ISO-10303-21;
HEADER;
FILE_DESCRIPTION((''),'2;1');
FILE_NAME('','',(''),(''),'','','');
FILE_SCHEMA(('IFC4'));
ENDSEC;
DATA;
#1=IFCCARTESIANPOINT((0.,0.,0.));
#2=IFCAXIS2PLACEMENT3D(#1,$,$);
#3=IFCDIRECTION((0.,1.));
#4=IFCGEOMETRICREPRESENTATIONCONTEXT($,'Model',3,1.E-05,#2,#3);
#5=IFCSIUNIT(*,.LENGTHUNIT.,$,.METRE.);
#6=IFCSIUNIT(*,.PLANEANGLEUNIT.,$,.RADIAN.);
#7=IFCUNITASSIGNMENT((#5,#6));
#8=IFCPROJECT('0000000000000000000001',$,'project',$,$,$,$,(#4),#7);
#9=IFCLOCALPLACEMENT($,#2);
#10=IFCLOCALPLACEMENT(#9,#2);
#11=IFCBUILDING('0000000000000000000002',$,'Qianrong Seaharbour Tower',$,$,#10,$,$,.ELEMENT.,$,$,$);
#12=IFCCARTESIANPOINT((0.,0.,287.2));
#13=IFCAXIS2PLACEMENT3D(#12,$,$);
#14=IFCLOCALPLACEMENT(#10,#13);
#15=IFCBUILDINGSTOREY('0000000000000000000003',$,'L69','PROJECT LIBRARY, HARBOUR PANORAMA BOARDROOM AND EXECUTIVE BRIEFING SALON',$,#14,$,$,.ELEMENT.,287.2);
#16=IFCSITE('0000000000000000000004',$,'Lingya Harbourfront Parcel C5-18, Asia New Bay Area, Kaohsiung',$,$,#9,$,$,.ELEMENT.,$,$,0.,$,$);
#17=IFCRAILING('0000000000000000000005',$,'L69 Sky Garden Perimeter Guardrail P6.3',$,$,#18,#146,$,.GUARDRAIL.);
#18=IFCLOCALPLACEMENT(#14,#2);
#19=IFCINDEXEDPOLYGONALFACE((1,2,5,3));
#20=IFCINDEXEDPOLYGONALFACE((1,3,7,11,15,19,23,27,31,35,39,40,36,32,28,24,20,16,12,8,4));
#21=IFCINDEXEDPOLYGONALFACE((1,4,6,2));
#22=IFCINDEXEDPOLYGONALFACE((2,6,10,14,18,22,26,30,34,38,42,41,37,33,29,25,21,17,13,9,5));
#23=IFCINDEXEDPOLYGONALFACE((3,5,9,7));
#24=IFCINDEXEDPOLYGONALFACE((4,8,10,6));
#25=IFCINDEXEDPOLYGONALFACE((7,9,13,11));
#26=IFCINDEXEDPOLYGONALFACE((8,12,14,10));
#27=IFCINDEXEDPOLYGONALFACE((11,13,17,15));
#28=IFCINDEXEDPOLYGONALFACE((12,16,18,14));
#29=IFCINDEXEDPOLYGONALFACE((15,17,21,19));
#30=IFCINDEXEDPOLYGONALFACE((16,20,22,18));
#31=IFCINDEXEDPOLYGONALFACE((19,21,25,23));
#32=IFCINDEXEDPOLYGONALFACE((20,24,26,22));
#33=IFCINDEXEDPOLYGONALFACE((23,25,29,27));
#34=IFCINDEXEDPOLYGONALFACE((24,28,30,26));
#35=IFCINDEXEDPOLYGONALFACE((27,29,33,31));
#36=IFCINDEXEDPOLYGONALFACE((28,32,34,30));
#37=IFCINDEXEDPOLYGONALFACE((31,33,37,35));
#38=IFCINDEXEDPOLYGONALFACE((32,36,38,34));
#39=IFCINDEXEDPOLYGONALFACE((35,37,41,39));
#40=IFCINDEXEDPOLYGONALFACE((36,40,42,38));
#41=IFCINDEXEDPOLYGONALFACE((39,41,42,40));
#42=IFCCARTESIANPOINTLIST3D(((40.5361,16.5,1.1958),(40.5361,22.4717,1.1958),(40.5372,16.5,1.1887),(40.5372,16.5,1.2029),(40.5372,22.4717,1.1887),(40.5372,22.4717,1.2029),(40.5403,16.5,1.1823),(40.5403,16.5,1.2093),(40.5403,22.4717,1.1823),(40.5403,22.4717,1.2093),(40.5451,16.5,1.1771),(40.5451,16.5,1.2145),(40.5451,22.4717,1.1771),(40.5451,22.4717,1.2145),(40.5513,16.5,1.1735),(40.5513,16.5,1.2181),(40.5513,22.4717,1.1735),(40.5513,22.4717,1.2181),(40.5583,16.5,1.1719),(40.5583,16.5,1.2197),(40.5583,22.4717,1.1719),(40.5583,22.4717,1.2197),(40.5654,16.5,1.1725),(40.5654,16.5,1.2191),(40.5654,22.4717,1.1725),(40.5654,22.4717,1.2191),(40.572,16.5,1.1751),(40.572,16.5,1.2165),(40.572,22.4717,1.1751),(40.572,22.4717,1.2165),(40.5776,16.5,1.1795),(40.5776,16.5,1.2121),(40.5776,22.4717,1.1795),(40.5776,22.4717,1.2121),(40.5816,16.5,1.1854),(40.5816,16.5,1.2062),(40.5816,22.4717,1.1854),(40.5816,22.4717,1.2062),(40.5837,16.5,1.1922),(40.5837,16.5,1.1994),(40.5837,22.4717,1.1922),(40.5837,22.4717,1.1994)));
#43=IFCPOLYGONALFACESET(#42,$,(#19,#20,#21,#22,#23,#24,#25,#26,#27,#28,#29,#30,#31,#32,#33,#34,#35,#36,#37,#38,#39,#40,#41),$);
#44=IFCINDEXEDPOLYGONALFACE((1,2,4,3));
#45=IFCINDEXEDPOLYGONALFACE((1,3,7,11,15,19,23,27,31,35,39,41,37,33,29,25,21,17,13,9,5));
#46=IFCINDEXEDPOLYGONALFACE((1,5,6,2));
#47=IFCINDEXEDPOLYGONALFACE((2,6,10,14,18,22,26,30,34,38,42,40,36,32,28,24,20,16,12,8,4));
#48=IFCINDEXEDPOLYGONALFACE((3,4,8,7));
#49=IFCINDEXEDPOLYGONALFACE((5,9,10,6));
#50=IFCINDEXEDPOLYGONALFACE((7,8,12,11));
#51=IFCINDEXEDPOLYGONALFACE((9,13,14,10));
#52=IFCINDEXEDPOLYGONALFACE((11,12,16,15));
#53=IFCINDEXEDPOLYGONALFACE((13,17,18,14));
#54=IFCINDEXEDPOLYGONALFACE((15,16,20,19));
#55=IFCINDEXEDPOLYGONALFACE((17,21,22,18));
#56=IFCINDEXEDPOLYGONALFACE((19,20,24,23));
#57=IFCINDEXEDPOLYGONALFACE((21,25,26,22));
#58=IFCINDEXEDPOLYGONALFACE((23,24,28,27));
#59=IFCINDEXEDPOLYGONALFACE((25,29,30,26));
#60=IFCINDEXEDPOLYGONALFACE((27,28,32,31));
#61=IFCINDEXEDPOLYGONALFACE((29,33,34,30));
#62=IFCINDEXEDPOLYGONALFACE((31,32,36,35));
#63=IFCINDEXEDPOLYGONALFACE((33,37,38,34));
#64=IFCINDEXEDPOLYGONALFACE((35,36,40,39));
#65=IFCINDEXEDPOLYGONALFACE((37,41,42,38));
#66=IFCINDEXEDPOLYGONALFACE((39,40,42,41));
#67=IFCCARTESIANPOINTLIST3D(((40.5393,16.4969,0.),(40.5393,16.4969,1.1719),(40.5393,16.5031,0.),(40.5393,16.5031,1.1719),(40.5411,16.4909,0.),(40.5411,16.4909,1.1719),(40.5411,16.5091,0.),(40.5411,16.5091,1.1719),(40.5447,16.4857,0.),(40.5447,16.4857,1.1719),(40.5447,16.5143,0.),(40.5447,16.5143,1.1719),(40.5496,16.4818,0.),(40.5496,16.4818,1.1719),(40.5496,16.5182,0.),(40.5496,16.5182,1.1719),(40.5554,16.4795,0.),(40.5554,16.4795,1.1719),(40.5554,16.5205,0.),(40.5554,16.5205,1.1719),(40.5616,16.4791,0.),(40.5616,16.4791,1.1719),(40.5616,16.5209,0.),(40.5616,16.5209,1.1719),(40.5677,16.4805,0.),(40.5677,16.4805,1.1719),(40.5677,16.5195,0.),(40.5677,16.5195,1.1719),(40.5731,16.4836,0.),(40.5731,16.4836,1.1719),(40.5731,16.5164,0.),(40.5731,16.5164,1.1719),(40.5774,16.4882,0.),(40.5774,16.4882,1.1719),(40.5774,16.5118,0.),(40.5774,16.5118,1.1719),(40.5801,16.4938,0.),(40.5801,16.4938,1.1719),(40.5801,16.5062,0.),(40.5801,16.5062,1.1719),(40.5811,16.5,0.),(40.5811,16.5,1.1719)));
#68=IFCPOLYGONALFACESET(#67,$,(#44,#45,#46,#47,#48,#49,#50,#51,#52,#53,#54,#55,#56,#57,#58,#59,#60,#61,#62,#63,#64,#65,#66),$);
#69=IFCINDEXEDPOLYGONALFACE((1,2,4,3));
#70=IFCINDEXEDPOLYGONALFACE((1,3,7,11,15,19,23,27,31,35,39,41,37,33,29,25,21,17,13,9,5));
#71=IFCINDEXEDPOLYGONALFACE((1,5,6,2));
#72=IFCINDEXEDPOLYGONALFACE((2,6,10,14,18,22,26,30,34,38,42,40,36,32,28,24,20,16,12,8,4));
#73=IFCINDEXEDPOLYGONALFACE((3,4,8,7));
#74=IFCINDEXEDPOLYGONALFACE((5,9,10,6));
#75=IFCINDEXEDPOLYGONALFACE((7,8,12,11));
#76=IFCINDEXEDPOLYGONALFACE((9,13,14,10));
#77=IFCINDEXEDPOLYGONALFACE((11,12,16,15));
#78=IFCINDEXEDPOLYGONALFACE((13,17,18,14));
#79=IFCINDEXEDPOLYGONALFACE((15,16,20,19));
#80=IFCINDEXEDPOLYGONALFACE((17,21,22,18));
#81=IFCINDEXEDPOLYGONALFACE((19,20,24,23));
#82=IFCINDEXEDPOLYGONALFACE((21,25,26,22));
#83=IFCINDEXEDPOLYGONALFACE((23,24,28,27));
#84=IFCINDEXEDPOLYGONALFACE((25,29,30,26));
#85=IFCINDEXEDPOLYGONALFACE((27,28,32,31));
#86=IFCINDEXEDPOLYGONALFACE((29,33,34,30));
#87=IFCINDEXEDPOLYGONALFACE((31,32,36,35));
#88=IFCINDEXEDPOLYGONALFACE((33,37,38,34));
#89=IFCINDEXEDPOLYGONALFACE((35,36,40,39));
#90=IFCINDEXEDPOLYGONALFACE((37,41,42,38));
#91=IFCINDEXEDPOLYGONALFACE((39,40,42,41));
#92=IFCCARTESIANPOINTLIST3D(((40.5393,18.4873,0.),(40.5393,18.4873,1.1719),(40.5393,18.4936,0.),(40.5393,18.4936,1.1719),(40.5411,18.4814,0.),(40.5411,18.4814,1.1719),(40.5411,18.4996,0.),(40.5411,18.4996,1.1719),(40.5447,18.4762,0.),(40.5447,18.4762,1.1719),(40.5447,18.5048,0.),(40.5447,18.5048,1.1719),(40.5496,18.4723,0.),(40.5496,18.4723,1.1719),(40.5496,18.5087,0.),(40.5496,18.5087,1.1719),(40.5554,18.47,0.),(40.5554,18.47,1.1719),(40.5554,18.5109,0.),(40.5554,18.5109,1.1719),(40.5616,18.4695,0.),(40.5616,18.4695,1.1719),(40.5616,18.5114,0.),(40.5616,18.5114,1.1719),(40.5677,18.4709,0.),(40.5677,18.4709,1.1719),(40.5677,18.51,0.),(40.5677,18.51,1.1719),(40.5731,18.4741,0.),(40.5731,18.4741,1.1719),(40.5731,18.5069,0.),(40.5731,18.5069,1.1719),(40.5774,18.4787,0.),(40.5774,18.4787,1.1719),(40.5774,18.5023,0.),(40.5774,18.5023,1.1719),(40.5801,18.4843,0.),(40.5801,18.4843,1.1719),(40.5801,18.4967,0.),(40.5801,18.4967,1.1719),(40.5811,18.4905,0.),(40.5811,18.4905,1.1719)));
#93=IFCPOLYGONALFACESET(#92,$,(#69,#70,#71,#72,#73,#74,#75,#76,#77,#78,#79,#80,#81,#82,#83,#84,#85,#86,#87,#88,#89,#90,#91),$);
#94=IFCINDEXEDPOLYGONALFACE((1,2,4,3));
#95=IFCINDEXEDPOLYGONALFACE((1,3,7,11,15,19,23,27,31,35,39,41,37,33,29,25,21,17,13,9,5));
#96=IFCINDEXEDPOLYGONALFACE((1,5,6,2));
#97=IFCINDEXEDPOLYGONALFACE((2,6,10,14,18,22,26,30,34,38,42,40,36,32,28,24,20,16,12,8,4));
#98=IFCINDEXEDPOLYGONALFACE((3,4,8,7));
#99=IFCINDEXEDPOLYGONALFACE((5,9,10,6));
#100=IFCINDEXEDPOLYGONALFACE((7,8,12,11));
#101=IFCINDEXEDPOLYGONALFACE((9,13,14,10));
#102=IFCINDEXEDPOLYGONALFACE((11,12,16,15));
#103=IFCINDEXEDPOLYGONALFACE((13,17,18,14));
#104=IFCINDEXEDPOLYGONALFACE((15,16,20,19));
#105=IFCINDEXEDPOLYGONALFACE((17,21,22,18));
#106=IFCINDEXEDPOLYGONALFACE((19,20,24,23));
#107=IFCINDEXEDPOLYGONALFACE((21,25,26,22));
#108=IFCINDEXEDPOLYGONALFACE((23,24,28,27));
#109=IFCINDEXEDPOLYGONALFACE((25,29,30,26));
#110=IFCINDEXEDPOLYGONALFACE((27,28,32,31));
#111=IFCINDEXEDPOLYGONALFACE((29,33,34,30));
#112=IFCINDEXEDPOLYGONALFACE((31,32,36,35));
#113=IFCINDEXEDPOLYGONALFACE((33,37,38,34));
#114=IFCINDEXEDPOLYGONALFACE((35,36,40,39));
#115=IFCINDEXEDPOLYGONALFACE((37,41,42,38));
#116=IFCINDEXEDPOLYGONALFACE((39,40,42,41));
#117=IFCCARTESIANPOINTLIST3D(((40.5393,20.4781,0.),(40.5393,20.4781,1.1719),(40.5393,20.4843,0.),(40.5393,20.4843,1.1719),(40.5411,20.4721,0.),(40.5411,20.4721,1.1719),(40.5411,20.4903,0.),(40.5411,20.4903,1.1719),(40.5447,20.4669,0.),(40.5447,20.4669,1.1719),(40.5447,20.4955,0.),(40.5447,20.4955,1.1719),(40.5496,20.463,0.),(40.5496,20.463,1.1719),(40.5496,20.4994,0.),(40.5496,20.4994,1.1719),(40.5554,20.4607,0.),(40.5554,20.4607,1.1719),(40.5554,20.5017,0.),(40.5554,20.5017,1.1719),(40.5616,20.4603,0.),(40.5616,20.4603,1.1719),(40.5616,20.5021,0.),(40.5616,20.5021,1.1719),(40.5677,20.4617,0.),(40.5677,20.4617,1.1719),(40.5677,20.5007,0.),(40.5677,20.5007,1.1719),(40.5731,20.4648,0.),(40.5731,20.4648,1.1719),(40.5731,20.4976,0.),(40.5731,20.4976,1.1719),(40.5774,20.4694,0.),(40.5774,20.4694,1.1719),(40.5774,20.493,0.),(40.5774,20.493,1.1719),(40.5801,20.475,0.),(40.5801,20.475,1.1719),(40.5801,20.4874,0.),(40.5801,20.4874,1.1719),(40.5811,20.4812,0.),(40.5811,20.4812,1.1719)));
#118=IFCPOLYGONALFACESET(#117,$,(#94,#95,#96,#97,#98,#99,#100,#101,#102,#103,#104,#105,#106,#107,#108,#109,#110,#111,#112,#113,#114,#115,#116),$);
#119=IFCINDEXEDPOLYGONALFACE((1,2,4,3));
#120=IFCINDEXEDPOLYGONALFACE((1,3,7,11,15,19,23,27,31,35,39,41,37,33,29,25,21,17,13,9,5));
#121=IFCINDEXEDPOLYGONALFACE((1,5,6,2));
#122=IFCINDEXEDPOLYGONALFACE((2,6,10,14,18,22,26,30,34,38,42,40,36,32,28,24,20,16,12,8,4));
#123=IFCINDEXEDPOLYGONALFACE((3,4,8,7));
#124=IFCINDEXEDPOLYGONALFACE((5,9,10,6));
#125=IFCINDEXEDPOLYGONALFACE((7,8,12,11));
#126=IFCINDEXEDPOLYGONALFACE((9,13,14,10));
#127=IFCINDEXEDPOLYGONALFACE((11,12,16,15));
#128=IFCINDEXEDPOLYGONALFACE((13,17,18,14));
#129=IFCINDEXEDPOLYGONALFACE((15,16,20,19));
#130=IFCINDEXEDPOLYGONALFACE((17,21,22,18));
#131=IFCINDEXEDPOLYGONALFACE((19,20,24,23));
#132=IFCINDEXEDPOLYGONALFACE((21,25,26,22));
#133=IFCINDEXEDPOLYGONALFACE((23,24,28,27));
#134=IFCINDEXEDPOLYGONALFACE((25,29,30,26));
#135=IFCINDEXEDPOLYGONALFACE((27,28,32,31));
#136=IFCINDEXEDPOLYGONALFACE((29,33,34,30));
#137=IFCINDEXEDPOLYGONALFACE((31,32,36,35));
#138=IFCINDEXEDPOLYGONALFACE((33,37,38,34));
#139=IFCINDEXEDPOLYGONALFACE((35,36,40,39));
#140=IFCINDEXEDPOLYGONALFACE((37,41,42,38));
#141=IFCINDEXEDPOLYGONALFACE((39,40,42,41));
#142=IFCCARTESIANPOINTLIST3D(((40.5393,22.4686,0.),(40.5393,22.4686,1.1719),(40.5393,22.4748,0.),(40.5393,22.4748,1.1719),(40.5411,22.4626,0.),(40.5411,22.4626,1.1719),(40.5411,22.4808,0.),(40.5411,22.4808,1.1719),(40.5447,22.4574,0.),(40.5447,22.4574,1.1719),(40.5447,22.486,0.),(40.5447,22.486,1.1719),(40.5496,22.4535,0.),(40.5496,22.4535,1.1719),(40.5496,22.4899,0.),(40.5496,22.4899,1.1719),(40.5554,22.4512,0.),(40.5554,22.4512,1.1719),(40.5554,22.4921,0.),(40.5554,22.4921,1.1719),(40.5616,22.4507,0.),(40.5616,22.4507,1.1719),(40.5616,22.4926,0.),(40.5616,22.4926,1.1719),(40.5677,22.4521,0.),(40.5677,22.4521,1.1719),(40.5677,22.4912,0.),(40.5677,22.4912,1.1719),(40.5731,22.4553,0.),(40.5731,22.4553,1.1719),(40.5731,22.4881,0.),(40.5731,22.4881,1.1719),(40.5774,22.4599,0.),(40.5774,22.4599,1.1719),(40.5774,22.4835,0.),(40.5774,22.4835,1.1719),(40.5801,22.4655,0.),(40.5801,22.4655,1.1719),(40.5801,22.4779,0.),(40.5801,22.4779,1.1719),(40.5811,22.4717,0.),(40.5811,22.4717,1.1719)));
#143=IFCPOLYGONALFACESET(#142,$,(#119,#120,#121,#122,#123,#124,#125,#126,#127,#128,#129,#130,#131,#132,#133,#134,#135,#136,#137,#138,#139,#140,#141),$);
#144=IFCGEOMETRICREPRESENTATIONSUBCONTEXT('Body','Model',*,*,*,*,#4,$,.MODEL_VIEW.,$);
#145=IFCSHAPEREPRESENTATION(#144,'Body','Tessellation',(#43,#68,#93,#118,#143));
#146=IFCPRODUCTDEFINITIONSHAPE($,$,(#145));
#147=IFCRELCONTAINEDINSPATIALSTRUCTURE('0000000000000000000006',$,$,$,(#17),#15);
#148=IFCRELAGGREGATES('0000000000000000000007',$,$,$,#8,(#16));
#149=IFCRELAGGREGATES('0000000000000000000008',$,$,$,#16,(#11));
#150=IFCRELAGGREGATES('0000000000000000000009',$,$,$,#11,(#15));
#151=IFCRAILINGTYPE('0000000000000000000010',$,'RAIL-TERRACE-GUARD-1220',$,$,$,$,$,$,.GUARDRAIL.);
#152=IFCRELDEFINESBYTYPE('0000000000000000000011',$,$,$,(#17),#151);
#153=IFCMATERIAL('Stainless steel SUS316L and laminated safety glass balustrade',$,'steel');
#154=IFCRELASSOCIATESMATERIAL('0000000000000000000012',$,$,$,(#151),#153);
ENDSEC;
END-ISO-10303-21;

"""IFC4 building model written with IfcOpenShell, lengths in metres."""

from ifc_helpers import new_model, si_unit, direction, frame, origin, origin_2d, place, context, subcontext, project, spatial, circle, extrude, material, type_object, element, save


model = new_model("IFC4")

# Units and contexts
model_context = context("Model", 3, precision=1e-05, world=origin(), true_north=direction((0.0, 1.0)))
body_context = subcontext(model_context, "Body", "Model", "MODEL_VIEW")
ifc_project = project(units=[si_unit("LENGTHUNIT", "METRE"), si_unit("PLANEANGLEUNIT", "RADIAN")], contexts=[model_context])

# Site, building, storey
site_placement = place(None, origin())
site = spatial("IfcSite", under=ifc_project, at=site_placement, Name="Lingya Harbourfront Parcel C5-18, Asia New Bay Area, Kaohsiung", CompositionType="ELEMENT", RefElevation=0.0)
building_placement = place(site_placement, origin())
building = spatial("IfcBuilding", under=site, at=building_placement, Name="Qianrong Seaharbour Tower", CompositionType="ELEMENT")
storey_placement = place(building_placement, frame((0.0, 0.0, 287.2)))
storey = spatial("IfcBuildingStorey", under=building, at=storey_placement, Name="L69", Description="PROJECT LIBRARY, HARBOUR PANORAMA BOARDROOM AND EXECUTIVE BRIEFING SALON", CompositionType="ELEMENT", Elevation=287.2)

# Railing
ifc_material_1 = material(Name="Stainless steel SUS316L and laminated safety glass balustrade", Category="steel")
railing_type_1 = type_object("IfcRailingType", Name="RAIL-TERRACE-GUARD-1220", PredefinedType="GUARDRAIL", material=ifc_material_1)
railing_1_placement = place(storey_placement, frame((40.5601, 16.5, 0.0)))
element("IfcRailing", 1, at=railing_1_placement, inside=storey, type_object=railing_type_1, Name="L69 Sky Garden Perimeter Guardrail P6.3", PredefinedType="GUARDRAIL", context=body_context, shape_type="SweptSolid", body=[
    extrude(circle(Radius=0.0239, at=origin_2d()), frame((0.0, 0.0, 1.1958), z_axis=(0.0, 1.0, 0.0), x_axis=(-1.0, 0.0, 0.0)), (0.0, 0.0, 1.0), 5.9717),
    extrude(circle(Radius=0.021, at=origin_2d()), origin(), (0.0, 0.0, 1.0), 1.1719),
    extrude(circle(Radius=0.021, at=origin_2d()), frame((0.0, 1.9905, 0.0)), (0.0, 0.0, 1.0), 1.1719),
    extrude(circle(Radius=0.021, at=origin_2d()), frame((0.0, 3.9812, 0.0)), (0.0, 0.0, 1.0), 1.1719),
    extrude(circle(Radius=0.021, at=origin_2d()), frame((0.0, 5.9717, 0.0)), (0.0, 0.0, 1.0), 1.1719),
])

save(model, "model.ifc")
